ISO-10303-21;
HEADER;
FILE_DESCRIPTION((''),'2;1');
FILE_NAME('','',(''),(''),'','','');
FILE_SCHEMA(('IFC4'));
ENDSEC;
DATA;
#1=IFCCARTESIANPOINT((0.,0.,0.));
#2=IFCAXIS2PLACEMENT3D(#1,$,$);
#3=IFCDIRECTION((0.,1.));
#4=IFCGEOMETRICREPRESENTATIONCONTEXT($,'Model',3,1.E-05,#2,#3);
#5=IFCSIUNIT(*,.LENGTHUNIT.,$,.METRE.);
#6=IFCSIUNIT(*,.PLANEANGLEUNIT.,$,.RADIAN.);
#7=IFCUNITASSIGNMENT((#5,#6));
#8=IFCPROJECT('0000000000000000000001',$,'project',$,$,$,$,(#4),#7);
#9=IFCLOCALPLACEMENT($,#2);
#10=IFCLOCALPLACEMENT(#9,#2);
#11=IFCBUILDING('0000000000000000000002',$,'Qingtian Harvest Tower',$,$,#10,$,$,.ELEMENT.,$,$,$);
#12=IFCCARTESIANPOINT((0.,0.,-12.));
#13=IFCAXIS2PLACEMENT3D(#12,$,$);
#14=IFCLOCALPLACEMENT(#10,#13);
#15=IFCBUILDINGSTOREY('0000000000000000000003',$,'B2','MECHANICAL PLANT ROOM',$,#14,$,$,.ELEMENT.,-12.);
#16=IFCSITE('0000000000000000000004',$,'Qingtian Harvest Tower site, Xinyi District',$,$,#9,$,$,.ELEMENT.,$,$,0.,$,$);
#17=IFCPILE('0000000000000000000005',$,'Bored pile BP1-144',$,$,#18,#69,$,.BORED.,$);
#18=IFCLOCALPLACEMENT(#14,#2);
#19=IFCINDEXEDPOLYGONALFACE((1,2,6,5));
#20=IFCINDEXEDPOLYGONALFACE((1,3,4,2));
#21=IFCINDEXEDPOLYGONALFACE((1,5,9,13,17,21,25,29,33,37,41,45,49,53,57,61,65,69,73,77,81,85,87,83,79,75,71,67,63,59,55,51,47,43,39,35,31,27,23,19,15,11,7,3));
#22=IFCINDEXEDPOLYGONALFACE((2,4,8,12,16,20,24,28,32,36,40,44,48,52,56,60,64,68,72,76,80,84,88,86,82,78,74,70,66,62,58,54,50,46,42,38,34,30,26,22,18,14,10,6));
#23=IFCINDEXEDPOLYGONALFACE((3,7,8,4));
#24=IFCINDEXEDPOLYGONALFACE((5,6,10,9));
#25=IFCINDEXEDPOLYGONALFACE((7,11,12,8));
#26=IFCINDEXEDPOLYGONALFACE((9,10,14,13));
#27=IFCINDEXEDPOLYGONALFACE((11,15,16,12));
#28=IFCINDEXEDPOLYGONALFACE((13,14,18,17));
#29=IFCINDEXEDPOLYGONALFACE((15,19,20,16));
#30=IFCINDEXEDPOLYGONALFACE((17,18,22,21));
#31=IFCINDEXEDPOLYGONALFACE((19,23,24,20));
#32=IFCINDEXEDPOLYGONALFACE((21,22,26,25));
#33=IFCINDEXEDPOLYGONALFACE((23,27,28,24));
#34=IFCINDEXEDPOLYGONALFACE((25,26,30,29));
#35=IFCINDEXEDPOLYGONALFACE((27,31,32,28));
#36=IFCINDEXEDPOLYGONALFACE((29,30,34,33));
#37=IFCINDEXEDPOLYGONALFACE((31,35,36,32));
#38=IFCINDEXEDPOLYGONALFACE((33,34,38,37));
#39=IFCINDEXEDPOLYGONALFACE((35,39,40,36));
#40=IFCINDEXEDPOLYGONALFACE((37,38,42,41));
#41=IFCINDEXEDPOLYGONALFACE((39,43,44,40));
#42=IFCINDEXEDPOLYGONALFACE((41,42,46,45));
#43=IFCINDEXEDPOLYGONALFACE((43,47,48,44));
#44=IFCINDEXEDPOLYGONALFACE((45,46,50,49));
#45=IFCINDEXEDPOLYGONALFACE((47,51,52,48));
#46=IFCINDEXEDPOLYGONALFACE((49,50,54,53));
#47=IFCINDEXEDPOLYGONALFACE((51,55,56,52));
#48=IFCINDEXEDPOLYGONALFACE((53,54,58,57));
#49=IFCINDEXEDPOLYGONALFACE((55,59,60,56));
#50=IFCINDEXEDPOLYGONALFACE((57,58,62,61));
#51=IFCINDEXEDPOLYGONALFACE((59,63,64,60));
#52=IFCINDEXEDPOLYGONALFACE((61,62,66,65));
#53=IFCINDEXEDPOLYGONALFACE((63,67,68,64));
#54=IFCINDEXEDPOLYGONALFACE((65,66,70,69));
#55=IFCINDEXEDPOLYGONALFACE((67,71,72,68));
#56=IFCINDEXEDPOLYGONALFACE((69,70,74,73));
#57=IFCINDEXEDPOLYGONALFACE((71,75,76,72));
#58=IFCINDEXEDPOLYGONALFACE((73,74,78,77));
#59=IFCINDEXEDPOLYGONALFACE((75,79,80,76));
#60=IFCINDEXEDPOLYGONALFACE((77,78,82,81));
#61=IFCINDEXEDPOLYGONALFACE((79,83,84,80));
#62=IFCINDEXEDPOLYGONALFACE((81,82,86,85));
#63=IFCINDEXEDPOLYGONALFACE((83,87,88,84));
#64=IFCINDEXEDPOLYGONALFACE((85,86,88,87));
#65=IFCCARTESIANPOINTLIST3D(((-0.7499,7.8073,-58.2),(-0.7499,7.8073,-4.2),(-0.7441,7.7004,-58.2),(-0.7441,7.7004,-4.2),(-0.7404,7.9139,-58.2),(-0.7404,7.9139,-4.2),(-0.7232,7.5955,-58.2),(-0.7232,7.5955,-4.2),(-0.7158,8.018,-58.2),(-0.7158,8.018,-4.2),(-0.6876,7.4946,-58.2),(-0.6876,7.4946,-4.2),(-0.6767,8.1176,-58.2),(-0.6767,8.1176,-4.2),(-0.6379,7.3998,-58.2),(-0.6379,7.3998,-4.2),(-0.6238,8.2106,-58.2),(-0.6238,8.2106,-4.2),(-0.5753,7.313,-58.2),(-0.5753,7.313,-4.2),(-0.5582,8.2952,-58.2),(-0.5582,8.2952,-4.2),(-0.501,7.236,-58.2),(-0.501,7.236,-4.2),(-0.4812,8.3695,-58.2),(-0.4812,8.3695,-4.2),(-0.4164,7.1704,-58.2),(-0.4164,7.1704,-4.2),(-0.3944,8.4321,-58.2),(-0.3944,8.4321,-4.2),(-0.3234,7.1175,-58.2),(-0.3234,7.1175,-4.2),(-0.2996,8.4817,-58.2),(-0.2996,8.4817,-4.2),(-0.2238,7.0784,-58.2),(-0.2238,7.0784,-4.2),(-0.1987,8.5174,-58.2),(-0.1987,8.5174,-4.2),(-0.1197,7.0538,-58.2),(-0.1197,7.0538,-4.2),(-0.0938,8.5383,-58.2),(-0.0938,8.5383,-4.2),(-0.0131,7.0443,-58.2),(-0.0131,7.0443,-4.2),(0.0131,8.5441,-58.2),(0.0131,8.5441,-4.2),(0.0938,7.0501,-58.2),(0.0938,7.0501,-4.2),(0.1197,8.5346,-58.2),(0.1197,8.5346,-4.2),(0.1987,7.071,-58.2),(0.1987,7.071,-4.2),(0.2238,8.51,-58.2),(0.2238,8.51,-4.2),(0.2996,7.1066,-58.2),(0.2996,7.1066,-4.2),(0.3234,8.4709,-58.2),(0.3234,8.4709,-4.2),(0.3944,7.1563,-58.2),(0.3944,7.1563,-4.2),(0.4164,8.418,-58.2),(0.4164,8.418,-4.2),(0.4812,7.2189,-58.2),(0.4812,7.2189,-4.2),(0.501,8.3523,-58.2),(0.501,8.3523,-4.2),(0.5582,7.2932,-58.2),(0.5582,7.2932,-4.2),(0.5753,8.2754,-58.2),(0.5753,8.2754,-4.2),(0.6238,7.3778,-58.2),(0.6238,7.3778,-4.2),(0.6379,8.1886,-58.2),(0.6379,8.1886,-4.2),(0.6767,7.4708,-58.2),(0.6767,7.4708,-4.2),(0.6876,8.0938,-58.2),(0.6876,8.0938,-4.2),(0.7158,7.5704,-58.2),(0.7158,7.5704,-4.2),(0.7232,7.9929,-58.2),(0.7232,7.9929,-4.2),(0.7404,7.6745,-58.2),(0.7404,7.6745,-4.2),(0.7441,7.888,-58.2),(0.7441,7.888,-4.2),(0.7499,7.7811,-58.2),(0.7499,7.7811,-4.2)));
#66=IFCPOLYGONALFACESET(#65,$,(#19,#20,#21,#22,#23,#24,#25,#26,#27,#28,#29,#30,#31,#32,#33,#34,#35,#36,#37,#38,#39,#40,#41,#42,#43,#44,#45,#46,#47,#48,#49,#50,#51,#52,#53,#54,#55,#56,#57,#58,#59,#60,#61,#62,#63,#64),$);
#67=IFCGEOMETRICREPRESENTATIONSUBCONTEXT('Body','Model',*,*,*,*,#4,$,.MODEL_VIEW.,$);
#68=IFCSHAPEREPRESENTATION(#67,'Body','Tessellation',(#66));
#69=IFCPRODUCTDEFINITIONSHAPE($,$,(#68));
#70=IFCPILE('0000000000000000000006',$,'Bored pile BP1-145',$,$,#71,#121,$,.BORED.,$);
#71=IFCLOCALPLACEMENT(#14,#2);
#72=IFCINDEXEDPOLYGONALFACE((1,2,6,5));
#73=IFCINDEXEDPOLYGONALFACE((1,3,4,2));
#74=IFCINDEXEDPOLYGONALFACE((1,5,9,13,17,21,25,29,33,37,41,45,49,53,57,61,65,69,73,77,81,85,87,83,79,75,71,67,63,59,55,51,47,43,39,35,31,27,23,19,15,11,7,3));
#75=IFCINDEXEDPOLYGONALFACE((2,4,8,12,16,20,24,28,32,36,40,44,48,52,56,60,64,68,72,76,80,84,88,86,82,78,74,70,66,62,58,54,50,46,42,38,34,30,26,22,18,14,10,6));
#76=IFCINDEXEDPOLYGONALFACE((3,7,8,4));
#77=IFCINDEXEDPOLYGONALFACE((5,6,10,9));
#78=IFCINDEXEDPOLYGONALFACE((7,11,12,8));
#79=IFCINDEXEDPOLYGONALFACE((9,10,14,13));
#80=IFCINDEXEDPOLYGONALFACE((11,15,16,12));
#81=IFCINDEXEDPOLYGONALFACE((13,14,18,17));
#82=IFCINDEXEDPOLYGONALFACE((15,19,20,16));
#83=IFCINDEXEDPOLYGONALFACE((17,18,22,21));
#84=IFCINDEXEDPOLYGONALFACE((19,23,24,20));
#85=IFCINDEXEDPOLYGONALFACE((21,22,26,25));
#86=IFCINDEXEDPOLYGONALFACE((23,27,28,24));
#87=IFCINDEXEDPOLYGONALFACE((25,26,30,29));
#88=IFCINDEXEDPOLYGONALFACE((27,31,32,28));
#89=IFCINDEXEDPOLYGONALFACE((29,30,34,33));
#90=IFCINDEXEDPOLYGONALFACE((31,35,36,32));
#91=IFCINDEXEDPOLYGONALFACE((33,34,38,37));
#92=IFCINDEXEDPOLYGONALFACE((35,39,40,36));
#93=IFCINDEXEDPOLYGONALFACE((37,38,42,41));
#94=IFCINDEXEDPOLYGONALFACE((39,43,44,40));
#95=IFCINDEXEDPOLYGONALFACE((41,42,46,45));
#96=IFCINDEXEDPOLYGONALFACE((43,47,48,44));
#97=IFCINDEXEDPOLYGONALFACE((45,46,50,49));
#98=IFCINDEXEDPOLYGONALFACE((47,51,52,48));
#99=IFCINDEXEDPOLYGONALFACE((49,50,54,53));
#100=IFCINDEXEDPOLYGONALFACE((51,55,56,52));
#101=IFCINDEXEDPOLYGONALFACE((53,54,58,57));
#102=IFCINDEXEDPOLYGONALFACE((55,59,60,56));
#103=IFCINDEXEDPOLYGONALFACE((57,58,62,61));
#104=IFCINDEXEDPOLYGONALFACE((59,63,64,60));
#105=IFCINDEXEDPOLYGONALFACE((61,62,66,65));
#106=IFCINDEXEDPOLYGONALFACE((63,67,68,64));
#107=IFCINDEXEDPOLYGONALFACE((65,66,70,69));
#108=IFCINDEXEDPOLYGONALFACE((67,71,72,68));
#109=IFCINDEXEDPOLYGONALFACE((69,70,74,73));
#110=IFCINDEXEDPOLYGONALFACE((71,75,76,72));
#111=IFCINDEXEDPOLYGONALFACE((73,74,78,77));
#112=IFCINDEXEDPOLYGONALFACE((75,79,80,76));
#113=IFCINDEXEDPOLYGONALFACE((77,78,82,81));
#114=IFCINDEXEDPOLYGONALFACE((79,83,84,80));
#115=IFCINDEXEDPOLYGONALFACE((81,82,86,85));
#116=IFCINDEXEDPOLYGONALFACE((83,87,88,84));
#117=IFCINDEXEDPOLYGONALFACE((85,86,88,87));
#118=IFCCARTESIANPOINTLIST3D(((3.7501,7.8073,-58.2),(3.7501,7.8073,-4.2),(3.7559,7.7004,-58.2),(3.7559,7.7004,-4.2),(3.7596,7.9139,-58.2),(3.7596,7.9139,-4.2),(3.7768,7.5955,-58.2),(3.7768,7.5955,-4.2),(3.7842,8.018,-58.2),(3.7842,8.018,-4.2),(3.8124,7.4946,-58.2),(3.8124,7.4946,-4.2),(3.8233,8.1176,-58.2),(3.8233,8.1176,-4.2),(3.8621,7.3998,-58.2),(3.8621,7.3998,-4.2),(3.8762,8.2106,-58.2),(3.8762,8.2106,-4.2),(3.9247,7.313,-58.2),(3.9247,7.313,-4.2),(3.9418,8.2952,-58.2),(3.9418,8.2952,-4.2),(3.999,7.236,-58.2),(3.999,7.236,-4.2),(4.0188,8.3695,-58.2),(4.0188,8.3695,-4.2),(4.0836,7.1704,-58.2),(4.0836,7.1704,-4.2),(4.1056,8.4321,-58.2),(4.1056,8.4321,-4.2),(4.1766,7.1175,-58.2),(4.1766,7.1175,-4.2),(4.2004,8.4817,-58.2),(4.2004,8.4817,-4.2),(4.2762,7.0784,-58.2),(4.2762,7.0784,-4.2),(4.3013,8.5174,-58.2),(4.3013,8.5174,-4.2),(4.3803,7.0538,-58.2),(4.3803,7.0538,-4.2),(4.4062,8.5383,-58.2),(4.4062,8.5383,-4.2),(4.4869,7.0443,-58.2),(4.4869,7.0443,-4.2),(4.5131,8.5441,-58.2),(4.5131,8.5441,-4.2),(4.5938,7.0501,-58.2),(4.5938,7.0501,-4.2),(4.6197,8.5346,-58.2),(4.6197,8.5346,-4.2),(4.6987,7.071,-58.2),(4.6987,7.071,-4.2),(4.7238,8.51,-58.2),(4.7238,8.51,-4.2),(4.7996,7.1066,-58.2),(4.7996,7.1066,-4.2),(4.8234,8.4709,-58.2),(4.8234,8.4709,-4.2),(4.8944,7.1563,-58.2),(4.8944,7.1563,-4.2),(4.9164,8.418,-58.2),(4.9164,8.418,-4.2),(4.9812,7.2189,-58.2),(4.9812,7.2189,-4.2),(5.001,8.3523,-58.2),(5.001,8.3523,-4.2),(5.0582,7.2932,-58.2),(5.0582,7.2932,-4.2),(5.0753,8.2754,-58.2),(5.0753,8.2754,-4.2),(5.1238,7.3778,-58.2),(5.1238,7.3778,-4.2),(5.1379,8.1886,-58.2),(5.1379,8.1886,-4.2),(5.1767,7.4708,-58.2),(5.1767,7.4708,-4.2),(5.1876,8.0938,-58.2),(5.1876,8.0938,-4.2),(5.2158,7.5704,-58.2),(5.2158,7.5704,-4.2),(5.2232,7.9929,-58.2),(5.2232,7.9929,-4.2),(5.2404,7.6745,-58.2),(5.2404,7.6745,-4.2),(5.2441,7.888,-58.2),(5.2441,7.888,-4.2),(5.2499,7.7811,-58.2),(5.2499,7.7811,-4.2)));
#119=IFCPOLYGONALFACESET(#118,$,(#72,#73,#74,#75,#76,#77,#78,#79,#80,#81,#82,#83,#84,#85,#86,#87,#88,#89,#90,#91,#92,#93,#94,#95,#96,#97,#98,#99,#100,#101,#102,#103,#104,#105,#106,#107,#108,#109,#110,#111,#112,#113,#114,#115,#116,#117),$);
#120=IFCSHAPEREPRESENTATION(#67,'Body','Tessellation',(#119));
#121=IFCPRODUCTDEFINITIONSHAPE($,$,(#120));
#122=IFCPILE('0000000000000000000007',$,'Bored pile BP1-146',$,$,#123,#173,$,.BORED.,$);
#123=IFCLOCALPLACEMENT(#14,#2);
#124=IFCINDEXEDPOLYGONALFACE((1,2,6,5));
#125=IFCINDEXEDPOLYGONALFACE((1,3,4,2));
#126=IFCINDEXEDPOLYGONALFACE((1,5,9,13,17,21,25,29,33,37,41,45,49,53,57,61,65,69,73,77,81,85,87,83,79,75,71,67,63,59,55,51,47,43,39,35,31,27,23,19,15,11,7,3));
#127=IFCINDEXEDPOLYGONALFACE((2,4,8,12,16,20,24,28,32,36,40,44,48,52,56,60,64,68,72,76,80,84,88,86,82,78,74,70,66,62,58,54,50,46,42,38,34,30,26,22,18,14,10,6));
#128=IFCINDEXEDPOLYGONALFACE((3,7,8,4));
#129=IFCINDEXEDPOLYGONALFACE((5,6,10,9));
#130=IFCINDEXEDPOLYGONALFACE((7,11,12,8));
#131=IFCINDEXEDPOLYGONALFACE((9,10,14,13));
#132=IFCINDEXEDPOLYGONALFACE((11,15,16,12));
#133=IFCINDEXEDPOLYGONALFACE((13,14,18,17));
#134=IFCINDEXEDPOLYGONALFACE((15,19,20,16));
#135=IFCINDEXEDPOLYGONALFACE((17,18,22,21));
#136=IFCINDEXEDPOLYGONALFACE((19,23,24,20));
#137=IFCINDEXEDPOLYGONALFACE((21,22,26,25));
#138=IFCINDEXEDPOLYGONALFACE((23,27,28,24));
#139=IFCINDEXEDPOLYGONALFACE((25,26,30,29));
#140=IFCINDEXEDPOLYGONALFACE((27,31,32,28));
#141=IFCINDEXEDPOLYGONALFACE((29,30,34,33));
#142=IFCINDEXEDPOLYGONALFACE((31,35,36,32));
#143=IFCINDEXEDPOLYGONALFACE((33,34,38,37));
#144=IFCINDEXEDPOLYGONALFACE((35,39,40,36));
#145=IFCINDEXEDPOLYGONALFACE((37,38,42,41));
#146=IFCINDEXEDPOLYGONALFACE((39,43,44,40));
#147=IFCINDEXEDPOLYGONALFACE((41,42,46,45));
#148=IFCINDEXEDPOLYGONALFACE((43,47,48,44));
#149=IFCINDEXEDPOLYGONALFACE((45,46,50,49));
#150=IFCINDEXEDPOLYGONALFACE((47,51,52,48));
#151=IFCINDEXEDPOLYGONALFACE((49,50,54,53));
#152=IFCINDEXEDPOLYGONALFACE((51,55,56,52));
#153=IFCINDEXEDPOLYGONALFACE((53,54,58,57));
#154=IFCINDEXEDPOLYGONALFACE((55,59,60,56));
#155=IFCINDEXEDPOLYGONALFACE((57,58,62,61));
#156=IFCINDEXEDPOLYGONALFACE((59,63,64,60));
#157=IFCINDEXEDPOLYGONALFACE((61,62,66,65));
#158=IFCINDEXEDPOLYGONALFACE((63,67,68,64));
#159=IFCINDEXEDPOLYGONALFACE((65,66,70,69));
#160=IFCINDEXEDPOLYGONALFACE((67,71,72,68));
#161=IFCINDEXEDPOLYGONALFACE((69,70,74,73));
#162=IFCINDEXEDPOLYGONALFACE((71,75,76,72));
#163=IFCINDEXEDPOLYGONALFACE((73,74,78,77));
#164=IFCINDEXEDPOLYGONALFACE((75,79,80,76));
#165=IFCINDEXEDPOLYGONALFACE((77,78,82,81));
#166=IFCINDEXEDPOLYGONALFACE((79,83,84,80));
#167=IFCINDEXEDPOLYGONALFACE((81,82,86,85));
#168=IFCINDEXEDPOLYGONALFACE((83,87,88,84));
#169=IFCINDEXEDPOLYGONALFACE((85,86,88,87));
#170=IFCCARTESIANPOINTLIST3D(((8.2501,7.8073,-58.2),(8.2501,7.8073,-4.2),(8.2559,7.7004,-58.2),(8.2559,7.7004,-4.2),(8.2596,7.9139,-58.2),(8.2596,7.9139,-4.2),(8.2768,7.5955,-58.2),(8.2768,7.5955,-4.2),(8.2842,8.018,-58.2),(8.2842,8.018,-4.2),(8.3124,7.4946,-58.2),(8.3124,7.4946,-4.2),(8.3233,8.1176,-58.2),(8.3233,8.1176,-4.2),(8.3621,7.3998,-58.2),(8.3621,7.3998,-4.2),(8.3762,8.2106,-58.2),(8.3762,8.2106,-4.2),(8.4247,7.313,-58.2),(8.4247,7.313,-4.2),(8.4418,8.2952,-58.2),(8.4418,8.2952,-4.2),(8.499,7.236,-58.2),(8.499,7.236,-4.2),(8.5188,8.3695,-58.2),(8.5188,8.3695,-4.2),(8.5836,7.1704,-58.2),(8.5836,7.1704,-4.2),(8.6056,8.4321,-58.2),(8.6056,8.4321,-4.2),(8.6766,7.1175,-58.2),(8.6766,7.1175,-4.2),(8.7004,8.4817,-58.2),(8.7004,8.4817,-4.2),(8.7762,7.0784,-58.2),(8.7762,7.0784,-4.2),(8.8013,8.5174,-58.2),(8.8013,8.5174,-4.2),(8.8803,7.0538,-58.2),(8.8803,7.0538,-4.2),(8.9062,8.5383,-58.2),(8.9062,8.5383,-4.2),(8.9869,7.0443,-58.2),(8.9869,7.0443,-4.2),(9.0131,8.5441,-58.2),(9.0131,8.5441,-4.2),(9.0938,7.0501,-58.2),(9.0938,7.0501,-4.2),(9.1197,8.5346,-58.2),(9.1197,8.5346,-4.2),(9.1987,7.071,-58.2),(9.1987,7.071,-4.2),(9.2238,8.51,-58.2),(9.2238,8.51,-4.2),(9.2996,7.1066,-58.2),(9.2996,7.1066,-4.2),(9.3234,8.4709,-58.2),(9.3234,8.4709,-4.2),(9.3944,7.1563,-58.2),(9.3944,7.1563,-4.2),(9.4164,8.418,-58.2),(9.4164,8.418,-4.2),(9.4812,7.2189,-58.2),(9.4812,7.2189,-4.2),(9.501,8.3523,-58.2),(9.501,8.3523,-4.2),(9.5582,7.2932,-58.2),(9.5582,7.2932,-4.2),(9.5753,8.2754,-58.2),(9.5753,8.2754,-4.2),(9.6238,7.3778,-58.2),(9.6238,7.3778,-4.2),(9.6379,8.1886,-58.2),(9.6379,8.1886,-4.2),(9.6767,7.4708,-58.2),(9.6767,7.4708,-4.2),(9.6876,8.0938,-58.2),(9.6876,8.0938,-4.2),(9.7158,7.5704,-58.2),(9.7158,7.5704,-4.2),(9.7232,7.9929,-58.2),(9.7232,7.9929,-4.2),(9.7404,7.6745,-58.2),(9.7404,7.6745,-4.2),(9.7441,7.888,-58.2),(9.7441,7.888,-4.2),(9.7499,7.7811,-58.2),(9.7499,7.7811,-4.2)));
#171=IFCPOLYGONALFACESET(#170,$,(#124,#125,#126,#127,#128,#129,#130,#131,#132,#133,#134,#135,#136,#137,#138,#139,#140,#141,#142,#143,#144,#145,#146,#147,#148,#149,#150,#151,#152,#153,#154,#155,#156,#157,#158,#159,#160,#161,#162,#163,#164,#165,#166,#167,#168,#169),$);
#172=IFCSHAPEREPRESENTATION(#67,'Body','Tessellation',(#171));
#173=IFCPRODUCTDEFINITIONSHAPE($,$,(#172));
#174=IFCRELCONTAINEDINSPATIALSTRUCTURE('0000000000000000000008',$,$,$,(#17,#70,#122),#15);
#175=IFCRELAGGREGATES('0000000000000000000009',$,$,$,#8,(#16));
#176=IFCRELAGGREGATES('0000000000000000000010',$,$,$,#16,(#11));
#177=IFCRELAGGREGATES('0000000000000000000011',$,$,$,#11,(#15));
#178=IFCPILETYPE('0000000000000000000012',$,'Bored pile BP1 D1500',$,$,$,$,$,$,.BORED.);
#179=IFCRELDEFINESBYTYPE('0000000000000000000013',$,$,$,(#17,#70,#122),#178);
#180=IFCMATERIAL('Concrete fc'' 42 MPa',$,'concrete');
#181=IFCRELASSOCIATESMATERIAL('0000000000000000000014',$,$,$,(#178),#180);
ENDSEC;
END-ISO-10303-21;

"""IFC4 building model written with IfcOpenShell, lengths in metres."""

from ifc_helpers import new_model, si_unit, direction, frame, frame_2d, origin, place, context, subcontext, project, spatial, circle, extrude, material, material_profile, profile_set, type_object, element, save


model = new_model("IFC4")

# Units and contexts
model_context = context("Model", 3, precision=1e-05, world=origin(), true_north=direction((0.0, 1.0)))
body_context = subcontext(model_context, "Body", "Model", "MODEL_VIEW")
ifc_project = project(units=[si_unit("LENGTHUNIT", "METRE"), si_unit("PLANEANGLEUNIT", "RADIAN")], contexts=[model_context])

# Site, building, storey
site_placement = place(None, origin())
site = spatial("IfcSite", under=ifc_project, at=site_placement, Name="Qingtian Harvest Tower site, Xinyi District", CompositionType="ELEMENT", RefElevation=0.0)
building_placement = place(site_placement, origin())
building = spatial("IfcBuilding", under=site, at=building_placement, Name="Qingtian Harvest Tower", CompositionType="ELEMENT")
storey_placement = place(building_placement, frame((0.0, 0.0, -12.0)))
storey = spatial("IfcBuildingStorey", under=building, at=storey_placement, Name="B2", Description="MECHANICAL PLANT ROOM", CompositionType="ELEMENT", Elevation=-12.0)

# Piles
ifc_material_1 = material(Name="Concrete fc' 42 MPa", Category="concrete")
ifc_material_profile = material_profile(ifc_material_1, circle(Radius=0.75, at=frame_2d((0.0, 0.0), x_axis=(0.999848, 0.017452))), Name="Bored pile BP1 D1500")
ifc_profile_set = profile_set([ifc_material_profile], Name="Concrete fc' 42 MPa")
pile_type = type_object("IfcPileType", Name="Bored pile BP1 D1500", PredefinedType="BORED", material=ifc_profile_set)
for number, where, z_axis, x_axis, name in (
    (1, (0.0, 7.7942, -4.2), (0.0, 0.0, -1.0), (1.0, 0.0, 0.0), "Bored pile BP1-144"),
    (2, (4.5, 7.7942, -4.2), (0.0, 0.0, -1.0), (1.0, 0.0, 0.0), "Bored pile BP1-145"),
    (3, (9.0, 7.7942, -4.2), (0.0, 0.0, -1.0), (1.0, 0.0, 0.0), "Bored pile BP1-146"),
):
    element("IfcPile", number, at=place(storey_placement, frame(where, z_axis=z_axis, x_axis=x_axis)), inside=storey, type_object=pile_type, Name=name, PredefinedType="BORED", context=body_context, shape_type="SweptSolid", body=[
        extrude(circle(Radius=0.75, at=frame_2d((0.0, 0.0), x_axis=(0.999848, 0.017452))), origin(), (0.0, 0.0, 1.0), 54.0),
    ])

save(model, "model.ifc")
